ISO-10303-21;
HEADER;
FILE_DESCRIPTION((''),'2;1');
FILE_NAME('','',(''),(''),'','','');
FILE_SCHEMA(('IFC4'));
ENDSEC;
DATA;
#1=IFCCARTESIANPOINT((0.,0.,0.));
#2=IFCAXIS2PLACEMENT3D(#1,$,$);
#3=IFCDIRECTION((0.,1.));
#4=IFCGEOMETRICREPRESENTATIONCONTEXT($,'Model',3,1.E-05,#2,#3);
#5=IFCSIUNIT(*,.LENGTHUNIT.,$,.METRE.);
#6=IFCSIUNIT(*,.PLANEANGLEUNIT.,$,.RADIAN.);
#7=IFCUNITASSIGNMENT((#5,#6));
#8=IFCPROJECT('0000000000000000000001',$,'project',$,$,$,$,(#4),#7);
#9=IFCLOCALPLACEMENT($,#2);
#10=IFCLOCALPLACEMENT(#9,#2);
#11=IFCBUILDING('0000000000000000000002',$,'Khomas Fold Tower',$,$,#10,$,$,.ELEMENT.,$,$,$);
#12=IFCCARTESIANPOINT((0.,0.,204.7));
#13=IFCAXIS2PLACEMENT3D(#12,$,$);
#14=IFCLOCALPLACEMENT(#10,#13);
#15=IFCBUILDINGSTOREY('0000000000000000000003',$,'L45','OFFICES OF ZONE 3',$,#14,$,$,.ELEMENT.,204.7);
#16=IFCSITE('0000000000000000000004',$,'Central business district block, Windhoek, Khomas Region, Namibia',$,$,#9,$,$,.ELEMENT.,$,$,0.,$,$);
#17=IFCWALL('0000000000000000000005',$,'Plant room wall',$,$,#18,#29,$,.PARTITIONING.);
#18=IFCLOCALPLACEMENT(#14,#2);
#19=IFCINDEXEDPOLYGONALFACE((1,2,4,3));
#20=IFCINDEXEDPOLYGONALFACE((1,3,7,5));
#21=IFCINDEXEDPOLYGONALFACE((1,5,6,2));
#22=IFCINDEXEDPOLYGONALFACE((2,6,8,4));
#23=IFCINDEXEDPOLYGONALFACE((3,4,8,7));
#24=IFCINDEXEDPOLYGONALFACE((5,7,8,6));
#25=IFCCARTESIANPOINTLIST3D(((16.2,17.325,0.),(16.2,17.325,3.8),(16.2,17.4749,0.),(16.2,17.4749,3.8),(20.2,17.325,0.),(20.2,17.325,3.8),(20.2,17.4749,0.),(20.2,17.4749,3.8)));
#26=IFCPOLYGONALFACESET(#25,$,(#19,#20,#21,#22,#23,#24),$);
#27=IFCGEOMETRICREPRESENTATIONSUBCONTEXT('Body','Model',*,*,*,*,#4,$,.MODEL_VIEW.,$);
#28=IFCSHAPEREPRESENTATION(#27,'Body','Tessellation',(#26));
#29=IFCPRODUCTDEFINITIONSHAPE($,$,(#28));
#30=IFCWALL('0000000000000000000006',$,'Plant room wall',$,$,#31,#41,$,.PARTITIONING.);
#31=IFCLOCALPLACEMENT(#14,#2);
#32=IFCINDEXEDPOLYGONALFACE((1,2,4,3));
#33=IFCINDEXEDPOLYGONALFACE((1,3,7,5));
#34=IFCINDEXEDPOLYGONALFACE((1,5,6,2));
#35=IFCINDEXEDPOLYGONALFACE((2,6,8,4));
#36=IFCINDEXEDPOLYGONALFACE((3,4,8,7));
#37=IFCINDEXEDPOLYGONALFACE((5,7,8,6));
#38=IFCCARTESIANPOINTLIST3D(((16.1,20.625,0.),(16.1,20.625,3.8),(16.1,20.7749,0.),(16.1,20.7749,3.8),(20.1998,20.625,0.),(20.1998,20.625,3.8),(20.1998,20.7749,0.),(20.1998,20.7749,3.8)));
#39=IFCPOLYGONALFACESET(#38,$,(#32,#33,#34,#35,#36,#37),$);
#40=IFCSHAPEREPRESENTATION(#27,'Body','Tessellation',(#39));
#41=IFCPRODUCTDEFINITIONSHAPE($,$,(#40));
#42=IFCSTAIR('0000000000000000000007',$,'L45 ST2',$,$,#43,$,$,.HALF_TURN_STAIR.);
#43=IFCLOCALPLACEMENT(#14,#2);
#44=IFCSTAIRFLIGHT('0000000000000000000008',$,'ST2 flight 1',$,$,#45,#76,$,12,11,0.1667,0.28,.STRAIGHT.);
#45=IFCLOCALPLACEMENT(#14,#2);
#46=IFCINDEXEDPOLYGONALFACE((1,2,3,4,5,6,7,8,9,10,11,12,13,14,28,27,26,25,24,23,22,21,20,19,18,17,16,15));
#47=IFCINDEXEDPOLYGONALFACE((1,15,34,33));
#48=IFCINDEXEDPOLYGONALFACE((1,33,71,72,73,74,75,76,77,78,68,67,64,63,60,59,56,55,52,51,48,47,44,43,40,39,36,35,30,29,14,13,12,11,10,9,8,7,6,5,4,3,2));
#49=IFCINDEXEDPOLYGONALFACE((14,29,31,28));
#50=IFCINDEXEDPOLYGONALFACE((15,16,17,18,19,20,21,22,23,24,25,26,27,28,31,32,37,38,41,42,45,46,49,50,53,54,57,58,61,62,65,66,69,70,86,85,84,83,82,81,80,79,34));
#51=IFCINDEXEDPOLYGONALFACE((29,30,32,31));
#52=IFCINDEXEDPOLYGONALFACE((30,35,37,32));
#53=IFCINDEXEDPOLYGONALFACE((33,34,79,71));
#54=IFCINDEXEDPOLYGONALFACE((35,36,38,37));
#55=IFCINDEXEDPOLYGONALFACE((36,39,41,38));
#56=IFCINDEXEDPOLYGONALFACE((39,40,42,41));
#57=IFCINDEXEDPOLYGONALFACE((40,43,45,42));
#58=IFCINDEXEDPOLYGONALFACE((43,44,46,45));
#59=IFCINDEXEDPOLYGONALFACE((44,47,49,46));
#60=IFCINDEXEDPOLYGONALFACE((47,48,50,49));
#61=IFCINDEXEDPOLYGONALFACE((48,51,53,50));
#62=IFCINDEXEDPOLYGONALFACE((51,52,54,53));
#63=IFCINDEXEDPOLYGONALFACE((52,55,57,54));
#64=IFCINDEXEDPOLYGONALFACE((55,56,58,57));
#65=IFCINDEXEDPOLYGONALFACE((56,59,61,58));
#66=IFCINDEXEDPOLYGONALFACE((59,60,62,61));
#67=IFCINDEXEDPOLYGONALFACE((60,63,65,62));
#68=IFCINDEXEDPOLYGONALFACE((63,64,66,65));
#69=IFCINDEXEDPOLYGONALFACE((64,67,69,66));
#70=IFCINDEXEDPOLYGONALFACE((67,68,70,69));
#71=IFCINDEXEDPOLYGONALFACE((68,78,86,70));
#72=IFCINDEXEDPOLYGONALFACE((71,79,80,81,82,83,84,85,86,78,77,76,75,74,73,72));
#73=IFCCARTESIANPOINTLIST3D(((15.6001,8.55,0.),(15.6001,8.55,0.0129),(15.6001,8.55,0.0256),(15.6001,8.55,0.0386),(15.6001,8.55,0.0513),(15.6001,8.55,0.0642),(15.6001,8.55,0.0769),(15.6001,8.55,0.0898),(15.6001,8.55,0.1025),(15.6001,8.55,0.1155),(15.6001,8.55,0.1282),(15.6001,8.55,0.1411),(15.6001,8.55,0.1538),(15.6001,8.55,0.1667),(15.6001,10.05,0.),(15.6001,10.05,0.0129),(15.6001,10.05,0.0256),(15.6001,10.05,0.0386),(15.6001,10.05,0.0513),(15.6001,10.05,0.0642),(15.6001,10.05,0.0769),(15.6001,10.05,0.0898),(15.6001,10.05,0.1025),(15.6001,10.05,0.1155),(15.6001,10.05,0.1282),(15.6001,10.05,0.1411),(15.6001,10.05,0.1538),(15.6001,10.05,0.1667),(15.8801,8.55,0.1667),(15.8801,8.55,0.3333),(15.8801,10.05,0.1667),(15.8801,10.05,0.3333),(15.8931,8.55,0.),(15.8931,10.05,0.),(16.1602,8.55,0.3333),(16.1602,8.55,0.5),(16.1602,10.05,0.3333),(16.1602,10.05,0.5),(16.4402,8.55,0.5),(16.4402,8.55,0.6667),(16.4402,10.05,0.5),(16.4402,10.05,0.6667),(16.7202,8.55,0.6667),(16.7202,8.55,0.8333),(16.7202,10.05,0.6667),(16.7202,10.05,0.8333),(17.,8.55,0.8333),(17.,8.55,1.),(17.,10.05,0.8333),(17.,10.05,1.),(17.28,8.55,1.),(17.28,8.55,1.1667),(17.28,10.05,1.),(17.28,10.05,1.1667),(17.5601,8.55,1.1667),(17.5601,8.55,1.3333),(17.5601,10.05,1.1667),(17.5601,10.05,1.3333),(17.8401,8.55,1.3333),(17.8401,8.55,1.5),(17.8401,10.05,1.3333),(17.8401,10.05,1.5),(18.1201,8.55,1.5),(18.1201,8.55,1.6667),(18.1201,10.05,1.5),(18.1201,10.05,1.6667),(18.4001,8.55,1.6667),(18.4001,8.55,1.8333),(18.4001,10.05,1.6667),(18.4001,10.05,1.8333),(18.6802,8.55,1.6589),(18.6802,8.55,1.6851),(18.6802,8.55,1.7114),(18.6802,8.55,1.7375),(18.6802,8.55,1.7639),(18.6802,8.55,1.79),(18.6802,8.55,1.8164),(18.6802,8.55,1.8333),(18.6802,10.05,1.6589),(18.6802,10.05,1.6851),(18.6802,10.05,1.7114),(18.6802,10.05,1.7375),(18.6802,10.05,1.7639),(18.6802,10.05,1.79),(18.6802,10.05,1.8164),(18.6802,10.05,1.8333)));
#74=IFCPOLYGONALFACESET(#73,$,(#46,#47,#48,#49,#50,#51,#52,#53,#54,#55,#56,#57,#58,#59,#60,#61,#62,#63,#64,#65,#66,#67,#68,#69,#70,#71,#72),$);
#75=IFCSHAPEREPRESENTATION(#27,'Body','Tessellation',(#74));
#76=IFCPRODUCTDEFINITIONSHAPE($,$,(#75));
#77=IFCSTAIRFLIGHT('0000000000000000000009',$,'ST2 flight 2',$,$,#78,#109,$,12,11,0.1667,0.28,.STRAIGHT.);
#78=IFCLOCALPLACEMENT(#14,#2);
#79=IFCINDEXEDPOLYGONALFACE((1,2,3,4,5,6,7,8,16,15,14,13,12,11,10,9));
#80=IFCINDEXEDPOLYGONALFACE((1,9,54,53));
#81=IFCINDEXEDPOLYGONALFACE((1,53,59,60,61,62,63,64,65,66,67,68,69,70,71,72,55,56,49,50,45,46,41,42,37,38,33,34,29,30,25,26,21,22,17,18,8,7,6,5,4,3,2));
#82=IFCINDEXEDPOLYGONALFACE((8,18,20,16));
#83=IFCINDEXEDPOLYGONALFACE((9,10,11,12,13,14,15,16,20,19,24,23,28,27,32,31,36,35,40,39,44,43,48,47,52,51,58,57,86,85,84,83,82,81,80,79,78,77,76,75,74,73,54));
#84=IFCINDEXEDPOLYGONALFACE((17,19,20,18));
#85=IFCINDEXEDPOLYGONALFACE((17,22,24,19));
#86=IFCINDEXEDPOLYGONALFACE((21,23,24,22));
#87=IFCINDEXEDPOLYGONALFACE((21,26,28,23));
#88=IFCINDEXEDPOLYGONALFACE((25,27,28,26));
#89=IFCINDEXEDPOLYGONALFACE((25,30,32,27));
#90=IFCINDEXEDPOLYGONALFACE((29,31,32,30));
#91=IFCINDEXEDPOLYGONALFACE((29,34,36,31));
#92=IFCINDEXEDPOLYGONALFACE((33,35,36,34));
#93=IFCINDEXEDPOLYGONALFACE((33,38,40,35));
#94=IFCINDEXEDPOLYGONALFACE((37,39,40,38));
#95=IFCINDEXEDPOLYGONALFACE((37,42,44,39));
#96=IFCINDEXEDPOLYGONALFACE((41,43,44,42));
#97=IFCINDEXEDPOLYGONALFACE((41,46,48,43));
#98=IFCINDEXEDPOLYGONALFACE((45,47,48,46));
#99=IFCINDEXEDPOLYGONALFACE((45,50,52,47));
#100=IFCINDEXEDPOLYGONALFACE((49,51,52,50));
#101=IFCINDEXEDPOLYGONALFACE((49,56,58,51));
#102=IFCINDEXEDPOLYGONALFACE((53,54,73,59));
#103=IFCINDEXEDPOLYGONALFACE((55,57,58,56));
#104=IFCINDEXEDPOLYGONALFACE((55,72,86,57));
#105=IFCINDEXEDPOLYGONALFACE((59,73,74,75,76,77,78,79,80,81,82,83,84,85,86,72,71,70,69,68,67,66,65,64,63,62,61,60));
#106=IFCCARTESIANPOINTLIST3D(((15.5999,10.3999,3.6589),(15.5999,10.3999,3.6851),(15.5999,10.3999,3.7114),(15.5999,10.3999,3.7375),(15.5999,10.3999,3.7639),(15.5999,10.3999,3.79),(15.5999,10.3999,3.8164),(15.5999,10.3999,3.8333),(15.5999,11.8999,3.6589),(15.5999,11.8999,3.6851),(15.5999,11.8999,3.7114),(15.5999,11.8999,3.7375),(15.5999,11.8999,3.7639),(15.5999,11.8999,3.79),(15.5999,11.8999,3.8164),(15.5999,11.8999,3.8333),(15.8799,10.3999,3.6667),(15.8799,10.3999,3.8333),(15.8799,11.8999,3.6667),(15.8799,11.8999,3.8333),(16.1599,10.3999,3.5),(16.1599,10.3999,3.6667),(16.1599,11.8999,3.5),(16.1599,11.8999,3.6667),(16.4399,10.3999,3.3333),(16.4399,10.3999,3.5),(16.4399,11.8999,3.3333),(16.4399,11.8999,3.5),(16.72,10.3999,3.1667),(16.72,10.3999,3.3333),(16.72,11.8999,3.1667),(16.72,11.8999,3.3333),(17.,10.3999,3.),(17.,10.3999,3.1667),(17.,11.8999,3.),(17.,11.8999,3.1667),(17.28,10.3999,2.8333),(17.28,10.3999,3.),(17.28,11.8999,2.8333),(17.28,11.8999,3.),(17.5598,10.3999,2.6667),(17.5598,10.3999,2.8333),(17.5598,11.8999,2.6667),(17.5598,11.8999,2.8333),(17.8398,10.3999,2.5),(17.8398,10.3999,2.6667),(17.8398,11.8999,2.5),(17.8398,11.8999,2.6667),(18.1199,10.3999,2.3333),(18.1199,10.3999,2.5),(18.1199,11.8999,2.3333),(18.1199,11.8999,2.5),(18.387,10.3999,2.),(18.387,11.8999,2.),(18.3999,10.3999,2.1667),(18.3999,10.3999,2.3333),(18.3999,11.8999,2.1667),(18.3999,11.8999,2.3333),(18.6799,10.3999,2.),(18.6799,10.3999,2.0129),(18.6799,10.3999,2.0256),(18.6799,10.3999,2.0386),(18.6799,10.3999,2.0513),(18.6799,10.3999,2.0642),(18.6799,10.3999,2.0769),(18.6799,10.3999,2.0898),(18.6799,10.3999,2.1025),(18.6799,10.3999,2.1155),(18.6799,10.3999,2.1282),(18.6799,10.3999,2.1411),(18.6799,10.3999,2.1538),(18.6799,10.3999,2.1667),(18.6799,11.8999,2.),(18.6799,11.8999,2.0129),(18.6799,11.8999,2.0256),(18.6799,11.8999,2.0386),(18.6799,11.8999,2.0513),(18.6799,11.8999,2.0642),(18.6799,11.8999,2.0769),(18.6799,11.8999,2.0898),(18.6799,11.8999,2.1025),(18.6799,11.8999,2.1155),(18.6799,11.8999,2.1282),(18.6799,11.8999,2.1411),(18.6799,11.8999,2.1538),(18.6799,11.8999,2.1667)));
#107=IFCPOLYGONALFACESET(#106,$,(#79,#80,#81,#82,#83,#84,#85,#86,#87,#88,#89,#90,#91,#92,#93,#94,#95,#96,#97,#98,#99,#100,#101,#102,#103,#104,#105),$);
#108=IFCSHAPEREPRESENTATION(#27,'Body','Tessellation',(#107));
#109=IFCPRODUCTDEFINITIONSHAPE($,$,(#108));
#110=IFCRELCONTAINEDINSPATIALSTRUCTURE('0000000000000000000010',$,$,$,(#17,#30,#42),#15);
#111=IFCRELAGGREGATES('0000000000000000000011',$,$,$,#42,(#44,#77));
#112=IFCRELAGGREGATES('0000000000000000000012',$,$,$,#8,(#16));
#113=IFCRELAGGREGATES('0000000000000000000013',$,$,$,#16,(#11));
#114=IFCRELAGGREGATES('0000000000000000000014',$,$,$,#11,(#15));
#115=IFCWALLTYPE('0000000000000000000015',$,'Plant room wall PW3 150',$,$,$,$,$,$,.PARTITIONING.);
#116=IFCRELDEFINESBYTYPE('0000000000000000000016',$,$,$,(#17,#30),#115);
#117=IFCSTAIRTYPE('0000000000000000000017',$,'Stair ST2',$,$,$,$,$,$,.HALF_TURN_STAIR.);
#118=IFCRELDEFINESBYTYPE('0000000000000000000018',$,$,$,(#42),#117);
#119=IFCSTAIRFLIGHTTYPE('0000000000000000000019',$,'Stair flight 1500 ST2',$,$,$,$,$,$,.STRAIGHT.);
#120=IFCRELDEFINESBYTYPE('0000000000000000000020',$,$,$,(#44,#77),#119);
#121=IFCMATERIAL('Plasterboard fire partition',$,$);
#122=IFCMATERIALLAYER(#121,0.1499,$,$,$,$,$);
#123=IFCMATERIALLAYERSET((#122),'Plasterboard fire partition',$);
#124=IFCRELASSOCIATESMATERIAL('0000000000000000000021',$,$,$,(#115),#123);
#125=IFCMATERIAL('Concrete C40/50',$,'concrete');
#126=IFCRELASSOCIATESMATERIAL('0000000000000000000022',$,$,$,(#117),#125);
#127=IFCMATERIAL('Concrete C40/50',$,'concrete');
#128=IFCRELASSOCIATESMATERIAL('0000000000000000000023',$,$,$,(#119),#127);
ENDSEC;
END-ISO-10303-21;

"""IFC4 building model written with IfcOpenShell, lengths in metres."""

from ifc_helpers import new_model, si_unit, direction, frame, frame_2d, origin, place, context, subcontext, project, spatial, polyline, rectangle, outline, extrude, source, transform, mapped, material, layer, layer_set, type_object, element, aggregate, save


model = new_model("IFC4")

# Units and contexts
model_context = context("Model", 3, precision=1e-05, world=origin(), true_north=direction((0.0, 1.0)))
body_context = subcontext(model_context, "Body", "Model", "MODEL_VIEW")
ifc_project = project(units=[si_unit("LENGTHUNIT", "METRE"), si_unit("PLANEANGLEUNIT", "RADIAN")], contexts=[model_context])

# Site, building, storey
site_placement = place(None, origin())
site = spatial("IfcSite", under=ifc_project, at=site_placement, Name="Central business district block, Windhoek, Khomas Region, Namibia", CompositionType="ELEMENT", RefElevation=0.0)
building_placement = place(site_placement, origin())
building = spatial("IfcBuilding", under=site, at=building_placement, Name="Khomas Fold Tower", CompositionType="ELEMENT")
storey_placement = place(building_placement, frame((0.0, 0.0, 204.7)))
storey = spatial("IfcBuildingStorey", under=building, at=storey_placement, Name="L45", Description="OFFICES OF ZONE 3", CompositionType="ELEMENT", Elevation=204.7)

# Walls
ifc_material_1 = material(Name="Plasterboard fire partition")
ifc_layer_1 = layer(ifc_material_1, 0.1499)
ifc_layer_set_1 = layer_set([ifc_layer_1], Name="Plasterboard fire partition")
wall_type_1 = type_object("IfcWallType", Name="Plant room wall PW3 150", PredefinedType="PARTITIONING", material=ifc_layer_set_1)
shared_shape_1 = source(origin(), body_context, "Body", "SweptSolid", [
    extrude(rectangle(XDim=4.0, YDim=0.1499, at=frame_2d((2.0, 0.0))), origin(), (0.0, 0.0, 1.0), 3.8),
])
wall_1_placement = place(storey_placement, frame((16.2, 17.3999, 0.0), z_axis=(0.0, 0.0, 1.0), x_axis=(1.0, 0.0, 0.0)))
element("IfcWall", 1, at=wall_1_placement, inside=storey, type_object=wall_type_1, Name="Plant room wall", PredefinedType="PARTITIONING", context=body_context, shape_type="MappedRepresentation", body=[
    mapped(shared_shape_1, transform((0.0, 0.0, 0.0))),
])
shared_shape_2 = source(origin(), body_context, "Body", "SweptSolid", [
    extrude(rectangle(XDim=4.0999, YDim=0.1499, at=frame_2d((2.0498, 0.0))), origin(), (0.0, 0.0, 1.0), 3.8),
])
wall_2_placement = place(storey_placement, frame((16.1001, 20.7, 0.0), z_axis=(0.0, 0.0, 1.0), x_axis=(1.0, 0.0, 0.0)))
element("IfcWall", 2, at=wall_2_placement, inside=storey, type_object=wall_type_1, Name="Plant room wall", PredefinedType="PARTITIONING", context=body_context, shape_type="MappedRepresentation", body=[
    mapped(shared_shape_2, transform((0.0, 0.0, 0.0))),
])

# Stair, stair flights
ifc_material_2 = material(Name="Concrete C40/50", Category="concrete")
stair_type = type_object("IfcStairType", Name="Stair ST2", PredefinedType="HALF_TURN_STAIR", material=ifc_material_2)
stair_placement = place(storey_placement, origin())
stair = element("IfcStair", 3, at=stair_placement, inside=storey, type_object=stair_type, Name="L45 ST2", PredefinedType="HALF_TURN_STAIR")
ifc_material_3 = material(Name="Concrete C40/50", Category="concrete")
stair_flight_type = type_object("IfcStairFlightType", Name="Stair flight 1500 ST2", PredefinedType="STRAIGHT", material=ifc_material_3)
shared_shape_3 = source(origin(), body_context, "Body", "SweptSolid", [
    extrude(outline(polyline([(0.0, 0.0), (0.0, 0.0129), (0.0, 0.0256), (0.0, 0.0386), (0.0, 0.0513), (0.0, 0.0642), (0.0, 0.0769), (0.0, 0.0898), (0.0, 0.1025), (0.0, 0.1155), (0.0, 0.1282), (0.0, 0.1411), (0.0, 0.1538), (0.0, 0.1667), (0.28, 0.1667), (0.28, 0.3333), (0.5601, 0.3333), (0.5601, 0.5), (0.8401, 0.5), (0.8401, 0.6667), (1.1201, 0.6667), (1.1201, 0.8333), (1.3999, 0.8333), (1.3999, 1.0), (1.6799, 1.0), (1.6799, 1.1667), (1.96, 1.1667), (1.96, 1.3333), (2.24, 1.3333), (2.24, 1.5), (2.52, 1.5), (2.52, 1.6667), (2.8, 1.6667), (2.8, 1.8333), (3.0801, 1.8333), (3.0801, 2.0), (3.0801, 1.9739), (3.0801, 1.9475), (3.0801, 1.9214), (3.0801, 1.895), (3.0801, 1.8689), (3.0801, 1.8425), (3.0801, 1.8164), (3.0801, 1.79), (3.0801, 1.7639), (3.0801, 1.7375), (3.0801, 1.7114), (3.0801, 1.6851), (3.0801, 1.6589), (0.293, 0.0), (0.0, 0.0)])), frame((0.0, 0.75, 0.0), z_axis=(0.0, -1.0, 0.0), x_axis=(1.0, 0.0, 0.0)), (0.0, 0.0, 1.0), 1.5),
])
stair_flight_1_placement = place(storey_placement, frame((15.6001, 9.3, 0.0), z_axis=(0.0, 0.0, 1.0), x_axis=(1.0, 0.0, 0.0)))
stair_flight_1 = element("IfcStairFlight", 4, at=stair_flight_1_placement, type_object=stair_flight_type, Name="ST2 flight 1", NumberOfRisers=12, NumberOfTreads=11, PredefinedType="STRAIGHT", RiserHeight=0.1667, TreadLength=0.28, context=body_context, shape_type="MappedRepresentation", body=[
    mapped(shared_shape_3, transform((0.0, 0.0, 0.0))),
])
stair_flight_2_placement = place(storey_placement, frame((18.6799, 11.1499, 2.0), z_axis=(0.0, 0.0, 1.0), x_axis=(-1.0, 0.0, 0.0)))
stair_flight_2 = element("IfcStairFlight", 5, at=stair_flight_2_placement, type_object=stair_flight_type, Name="ST2 flight 2", NumberOfRisers=12, NumberOfTreads=11, PredefinedType="STRAIGHT", RiserHeight=0.1667, TreadLength=0.28, context=body_context, shape_type="MappedRepresentation", body=[
    mapped(shared_shape_3, transform((0.0, 0.0, 0.0))),
])
aggregate(stair, [stair_flight_1, stair_flight_2])

save(model, "model.ifc")
